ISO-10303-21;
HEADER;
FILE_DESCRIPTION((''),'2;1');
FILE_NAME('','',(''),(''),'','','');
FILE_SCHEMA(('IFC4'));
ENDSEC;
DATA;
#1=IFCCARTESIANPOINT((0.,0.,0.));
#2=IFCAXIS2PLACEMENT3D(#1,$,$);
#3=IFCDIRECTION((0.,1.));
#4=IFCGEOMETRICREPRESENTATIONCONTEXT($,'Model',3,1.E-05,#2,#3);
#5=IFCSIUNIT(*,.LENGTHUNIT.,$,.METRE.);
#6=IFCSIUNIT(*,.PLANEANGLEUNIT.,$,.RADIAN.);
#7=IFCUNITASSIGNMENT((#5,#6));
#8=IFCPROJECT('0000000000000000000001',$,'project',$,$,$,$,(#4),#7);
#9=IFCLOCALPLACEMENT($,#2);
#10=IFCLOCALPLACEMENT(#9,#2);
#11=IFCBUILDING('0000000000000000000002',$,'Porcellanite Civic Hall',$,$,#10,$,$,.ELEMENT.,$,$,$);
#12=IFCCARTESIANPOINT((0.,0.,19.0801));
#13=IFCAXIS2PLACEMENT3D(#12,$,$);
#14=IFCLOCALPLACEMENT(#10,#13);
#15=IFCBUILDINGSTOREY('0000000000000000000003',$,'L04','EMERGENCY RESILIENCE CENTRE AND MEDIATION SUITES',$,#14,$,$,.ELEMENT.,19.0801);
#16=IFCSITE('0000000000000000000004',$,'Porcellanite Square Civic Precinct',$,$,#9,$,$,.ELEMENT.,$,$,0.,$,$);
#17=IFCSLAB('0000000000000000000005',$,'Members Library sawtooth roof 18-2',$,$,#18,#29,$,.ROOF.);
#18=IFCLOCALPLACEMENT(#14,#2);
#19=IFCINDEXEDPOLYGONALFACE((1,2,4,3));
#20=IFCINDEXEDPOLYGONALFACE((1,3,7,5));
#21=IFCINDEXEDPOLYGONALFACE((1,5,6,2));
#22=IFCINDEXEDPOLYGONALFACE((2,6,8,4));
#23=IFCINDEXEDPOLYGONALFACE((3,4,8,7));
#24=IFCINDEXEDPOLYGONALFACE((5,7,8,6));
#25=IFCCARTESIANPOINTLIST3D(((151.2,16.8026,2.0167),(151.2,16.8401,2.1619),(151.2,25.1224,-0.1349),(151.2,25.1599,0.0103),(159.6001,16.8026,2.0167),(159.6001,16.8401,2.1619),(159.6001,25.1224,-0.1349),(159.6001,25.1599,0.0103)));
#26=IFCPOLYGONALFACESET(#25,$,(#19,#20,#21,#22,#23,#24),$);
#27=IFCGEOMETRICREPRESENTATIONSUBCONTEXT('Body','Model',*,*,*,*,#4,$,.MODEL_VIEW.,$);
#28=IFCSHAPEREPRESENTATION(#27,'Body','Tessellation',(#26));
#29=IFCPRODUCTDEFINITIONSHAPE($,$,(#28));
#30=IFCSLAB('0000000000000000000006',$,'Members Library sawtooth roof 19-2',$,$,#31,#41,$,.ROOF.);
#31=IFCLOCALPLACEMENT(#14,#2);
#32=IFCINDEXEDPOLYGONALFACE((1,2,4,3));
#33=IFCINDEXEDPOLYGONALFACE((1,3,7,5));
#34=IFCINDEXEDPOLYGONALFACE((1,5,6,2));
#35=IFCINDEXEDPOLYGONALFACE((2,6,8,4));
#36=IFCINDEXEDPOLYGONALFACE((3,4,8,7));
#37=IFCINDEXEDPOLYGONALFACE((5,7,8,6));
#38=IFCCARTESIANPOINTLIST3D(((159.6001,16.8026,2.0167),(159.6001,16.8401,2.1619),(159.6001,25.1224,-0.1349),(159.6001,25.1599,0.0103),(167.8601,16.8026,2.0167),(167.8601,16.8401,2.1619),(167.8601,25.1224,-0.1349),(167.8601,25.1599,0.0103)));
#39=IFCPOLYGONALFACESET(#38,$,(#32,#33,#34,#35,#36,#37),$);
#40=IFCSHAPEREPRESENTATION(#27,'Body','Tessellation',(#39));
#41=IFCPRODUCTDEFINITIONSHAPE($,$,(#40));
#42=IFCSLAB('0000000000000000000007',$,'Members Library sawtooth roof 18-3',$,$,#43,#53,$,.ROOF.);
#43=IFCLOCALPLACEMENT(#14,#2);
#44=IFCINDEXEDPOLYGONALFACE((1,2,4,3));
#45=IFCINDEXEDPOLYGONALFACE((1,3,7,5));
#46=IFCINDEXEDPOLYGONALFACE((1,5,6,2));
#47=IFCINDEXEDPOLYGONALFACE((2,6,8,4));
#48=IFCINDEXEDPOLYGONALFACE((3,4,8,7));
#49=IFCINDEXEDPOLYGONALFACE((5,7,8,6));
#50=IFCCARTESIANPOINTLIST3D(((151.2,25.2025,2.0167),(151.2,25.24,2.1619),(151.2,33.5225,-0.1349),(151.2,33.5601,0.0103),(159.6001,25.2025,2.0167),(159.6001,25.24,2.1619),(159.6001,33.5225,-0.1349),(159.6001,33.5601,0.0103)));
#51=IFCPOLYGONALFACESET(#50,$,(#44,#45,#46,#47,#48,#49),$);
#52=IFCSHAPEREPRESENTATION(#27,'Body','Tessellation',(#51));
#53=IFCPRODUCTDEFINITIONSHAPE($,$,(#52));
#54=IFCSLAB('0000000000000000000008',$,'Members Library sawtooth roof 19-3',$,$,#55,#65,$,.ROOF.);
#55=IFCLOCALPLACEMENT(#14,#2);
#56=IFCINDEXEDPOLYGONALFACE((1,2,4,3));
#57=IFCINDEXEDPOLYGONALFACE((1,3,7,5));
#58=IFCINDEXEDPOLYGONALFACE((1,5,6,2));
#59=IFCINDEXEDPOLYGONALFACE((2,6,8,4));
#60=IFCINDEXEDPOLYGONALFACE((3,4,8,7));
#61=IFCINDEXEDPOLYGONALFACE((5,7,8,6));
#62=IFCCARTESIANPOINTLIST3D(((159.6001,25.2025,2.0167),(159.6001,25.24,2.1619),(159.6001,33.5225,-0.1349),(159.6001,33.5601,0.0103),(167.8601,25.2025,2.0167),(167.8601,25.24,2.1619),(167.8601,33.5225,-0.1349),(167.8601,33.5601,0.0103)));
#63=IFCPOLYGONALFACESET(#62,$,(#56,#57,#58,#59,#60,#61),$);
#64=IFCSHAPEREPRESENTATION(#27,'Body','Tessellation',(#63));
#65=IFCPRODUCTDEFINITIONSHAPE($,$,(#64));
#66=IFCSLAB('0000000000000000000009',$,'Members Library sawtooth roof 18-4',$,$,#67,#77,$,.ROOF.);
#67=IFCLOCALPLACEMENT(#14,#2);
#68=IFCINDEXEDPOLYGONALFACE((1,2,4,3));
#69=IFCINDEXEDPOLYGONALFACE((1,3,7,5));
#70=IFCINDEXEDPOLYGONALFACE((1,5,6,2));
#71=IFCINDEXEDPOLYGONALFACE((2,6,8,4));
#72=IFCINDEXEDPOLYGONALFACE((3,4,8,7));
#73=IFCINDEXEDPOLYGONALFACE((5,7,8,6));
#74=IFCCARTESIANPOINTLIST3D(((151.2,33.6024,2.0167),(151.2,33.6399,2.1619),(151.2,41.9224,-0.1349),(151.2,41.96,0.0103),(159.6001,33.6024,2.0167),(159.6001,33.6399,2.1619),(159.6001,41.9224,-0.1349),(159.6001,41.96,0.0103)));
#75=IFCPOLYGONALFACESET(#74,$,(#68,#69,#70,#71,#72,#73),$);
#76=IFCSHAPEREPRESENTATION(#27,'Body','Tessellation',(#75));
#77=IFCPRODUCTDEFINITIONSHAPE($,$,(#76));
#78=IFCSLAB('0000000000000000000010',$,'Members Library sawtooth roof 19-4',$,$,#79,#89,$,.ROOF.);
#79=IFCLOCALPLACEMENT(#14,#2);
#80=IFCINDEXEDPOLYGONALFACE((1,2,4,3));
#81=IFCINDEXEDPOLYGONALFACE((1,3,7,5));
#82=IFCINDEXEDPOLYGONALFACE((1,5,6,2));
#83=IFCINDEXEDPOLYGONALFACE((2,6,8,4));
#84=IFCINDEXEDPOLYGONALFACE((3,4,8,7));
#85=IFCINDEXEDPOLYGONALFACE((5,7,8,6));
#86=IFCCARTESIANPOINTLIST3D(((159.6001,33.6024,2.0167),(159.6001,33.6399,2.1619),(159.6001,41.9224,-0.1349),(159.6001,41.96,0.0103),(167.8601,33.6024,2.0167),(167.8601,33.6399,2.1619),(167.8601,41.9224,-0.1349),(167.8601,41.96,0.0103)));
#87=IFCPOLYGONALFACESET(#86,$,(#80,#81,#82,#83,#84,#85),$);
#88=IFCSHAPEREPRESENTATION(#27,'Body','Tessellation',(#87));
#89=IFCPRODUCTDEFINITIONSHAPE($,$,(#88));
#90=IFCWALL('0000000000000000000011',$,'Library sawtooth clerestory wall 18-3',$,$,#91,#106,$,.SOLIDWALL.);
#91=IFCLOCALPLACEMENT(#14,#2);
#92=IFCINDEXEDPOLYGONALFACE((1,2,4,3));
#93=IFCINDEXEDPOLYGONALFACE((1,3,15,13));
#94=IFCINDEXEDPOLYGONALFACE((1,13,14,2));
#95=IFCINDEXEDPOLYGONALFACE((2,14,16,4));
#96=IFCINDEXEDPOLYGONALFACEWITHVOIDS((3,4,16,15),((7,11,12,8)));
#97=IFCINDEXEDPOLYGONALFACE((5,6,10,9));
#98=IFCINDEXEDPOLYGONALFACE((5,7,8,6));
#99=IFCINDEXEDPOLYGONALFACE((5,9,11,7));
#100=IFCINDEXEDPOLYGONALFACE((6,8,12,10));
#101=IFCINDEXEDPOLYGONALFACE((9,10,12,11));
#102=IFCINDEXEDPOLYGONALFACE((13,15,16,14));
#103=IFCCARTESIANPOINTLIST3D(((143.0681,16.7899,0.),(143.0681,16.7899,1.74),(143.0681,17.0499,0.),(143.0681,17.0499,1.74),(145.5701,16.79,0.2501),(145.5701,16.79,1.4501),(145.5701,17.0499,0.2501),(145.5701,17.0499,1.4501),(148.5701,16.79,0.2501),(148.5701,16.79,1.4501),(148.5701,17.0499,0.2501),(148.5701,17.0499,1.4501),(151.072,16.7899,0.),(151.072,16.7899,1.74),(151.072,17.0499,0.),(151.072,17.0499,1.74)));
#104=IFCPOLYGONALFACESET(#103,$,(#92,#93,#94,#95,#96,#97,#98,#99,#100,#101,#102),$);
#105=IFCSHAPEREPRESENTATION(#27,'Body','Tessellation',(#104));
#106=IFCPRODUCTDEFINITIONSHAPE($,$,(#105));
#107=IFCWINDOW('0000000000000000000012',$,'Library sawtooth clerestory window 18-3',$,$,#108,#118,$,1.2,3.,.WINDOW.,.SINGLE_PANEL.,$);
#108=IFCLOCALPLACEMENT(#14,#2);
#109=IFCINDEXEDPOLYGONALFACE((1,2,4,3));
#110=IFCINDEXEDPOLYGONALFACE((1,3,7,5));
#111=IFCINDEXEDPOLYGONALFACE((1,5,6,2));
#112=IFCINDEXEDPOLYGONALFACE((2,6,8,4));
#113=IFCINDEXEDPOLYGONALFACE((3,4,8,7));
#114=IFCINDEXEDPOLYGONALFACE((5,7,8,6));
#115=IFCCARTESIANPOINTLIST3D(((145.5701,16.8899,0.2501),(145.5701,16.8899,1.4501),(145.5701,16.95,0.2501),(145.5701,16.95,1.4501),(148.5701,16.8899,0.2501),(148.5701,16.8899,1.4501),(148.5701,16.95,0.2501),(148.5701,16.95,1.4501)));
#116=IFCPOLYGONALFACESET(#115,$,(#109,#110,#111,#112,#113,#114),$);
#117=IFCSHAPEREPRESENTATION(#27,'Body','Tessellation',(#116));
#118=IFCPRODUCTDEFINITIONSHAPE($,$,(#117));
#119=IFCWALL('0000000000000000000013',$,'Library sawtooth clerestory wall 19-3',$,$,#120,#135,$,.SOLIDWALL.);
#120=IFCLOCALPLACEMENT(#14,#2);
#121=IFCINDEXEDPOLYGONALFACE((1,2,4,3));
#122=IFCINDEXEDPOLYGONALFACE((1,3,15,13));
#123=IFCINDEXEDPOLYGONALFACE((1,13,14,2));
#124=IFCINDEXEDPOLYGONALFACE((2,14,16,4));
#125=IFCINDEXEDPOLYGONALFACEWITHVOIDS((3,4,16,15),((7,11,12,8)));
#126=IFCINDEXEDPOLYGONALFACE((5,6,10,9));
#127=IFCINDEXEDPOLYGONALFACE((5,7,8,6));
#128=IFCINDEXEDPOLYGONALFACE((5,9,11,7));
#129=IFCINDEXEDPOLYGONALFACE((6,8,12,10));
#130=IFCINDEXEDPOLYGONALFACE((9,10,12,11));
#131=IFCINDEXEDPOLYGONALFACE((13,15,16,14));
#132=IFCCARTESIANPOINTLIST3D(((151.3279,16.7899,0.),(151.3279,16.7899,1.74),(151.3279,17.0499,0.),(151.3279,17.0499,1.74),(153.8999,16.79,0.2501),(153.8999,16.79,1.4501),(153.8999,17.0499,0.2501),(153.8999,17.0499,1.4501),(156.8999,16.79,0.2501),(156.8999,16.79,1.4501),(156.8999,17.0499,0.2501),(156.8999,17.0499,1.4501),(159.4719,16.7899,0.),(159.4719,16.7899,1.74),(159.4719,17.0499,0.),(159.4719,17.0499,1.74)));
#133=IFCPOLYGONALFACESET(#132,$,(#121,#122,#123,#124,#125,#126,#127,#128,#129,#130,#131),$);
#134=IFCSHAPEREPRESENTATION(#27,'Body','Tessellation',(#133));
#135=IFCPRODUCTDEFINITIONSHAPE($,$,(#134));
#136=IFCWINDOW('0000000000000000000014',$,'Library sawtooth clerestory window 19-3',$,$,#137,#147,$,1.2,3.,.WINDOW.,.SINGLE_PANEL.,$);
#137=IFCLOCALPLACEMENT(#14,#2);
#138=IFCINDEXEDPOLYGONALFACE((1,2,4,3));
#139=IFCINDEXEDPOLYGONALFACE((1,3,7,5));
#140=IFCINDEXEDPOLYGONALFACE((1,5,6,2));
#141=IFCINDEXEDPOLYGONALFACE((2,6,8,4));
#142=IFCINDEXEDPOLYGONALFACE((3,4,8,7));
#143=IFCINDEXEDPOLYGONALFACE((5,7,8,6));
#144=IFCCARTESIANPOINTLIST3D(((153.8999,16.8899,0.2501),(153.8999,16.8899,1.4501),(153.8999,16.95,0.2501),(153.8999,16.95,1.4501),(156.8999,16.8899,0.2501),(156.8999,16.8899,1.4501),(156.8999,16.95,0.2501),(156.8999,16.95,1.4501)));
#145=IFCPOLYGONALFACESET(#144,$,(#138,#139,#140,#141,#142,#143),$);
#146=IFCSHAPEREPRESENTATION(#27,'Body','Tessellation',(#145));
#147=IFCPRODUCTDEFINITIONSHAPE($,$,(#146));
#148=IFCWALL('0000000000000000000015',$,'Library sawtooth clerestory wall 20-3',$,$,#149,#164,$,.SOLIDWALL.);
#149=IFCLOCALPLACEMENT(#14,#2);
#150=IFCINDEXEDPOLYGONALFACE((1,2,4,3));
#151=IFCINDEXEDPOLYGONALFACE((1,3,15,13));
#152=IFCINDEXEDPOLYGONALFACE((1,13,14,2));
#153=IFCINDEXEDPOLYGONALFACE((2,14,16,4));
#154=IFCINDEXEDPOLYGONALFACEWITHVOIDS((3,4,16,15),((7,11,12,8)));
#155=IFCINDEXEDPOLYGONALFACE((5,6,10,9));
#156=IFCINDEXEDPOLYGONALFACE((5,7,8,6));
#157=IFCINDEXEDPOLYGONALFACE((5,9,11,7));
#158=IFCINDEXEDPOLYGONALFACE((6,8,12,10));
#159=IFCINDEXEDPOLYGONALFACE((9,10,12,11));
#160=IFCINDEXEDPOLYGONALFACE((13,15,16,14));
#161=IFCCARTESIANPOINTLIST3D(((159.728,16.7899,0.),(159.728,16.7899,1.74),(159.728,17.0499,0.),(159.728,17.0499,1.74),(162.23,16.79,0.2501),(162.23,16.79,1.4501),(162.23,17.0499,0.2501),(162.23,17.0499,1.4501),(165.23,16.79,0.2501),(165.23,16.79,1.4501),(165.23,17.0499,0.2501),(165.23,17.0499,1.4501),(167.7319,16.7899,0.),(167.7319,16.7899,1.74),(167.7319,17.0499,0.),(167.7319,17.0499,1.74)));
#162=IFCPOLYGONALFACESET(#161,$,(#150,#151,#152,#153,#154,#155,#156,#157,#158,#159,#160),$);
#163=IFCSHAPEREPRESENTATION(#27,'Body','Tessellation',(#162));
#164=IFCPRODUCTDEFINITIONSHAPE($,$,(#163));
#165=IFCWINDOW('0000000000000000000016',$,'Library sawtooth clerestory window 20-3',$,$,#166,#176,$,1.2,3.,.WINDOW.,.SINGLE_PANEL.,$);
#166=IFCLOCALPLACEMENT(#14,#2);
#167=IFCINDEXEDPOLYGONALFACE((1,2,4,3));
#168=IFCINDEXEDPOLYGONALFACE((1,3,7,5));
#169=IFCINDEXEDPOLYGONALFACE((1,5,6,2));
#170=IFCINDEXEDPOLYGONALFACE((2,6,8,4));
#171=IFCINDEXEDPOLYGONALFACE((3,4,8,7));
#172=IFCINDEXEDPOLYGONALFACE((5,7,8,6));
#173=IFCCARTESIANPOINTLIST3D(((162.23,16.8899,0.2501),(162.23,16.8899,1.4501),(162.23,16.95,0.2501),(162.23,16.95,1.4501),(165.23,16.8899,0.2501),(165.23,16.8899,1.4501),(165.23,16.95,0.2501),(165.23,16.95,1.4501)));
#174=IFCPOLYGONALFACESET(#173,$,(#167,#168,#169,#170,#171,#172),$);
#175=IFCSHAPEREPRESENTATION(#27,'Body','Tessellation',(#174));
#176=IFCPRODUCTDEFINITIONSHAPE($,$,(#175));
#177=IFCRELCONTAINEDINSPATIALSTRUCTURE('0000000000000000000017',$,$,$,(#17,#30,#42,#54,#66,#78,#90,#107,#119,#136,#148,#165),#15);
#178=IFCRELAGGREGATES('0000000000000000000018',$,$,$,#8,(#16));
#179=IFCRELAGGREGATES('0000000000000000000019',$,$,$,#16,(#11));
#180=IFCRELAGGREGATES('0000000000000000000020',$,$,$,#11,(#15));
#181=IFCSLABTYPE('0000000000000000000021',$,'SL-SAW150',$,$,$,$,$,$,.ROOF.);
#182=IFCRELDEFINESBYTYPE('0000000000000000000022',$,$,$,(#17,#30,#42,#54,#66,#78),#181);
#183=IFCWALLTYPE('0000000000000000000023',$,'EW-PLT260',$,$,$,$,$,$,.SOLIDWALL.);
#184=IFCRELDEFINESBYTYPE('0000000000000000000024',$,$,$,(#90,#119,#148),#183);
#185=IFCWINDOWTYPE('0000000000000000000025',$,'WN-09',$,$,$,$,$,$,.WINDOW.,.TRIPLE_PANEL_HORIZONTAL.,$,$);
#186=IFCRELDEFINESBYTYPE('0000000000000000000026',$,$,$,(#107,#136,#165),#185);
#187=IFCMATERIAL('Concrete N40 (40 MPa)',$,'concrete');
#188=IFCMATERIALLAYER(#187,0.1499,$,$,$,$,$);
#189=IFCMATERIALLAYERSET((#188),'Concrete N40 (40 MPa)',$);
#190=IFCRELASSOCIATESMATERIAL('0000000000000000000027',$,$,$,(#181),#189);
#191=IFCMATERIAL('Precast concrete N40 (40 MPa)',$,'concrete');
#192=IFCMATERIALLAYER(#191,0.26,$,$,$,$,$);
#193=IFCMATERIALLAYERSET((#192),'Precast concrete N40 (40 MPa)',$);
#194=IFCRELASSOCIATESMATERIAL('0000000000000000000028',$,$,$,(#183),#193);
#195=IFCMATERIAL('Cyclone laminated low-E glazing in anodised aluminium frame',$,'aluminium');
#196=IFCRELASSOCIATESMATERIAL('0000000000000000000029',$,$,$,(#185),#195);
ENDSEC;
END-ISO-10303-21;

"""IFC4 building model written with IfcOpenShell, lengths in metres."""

from ifc_helpers import new_model, si_unit, direction, frame, frame_2d, origin, place, context, subcontext, project, spatial, polyline, rectangle, outline, extrude, material, layer, layer_set, type_object, element, fill, save


model = new_model("IFC4")

# Units and contexts
model_context = context("Model", 3, precision=1e-05, world=origin(), true_north=direction((0.0, 1.0)))
body_context = subcontext(model_context, "Body", "Model", "MODEL_VIEW")
ifc_project = project(units=[si_unit("LENGTHUNIT", "METRE"), si_unit("PLANEANGLEUNIT", "RADIAN")], contexts=[model_context])

# Site, building, storey
site_placement = place(None, origin())
site = spatial("IfcSite", under=ifc_project, at=site_placement, Name="Porcellanite Square Civic Precinct", CompositionType="ELEMENT", RefElevation=0.0)
building_placement = place(site_placement, origin())
building = spatial("IfcBuilding", under=site, at=building_placement, Name="Porcellanite Civic Hall", CompositionType="ELEMENT")
storey_placement = place(building_placement, frame((0.0, 0.0, 19.0801)))
storey = spatial("IfcBuildingStorey", under=building, at=storey_placement, Name="L04", Description="EMERGENCY RESILIENCE CENTRE AND MEDIATION SUITES", CompositionType="ELEMENT", Elevation=19.0801)

# Slabs
ifc_material_1 = material(Name="Concrete N40 (40 MPa)", Category="concrete")
ifc_layer_1 = layer(ifc_material_1, 0.1499)
ifc_layer_set_1 = layer_set([ifc_layer_1], Name="Concrete N40 (40 MPa)")
slab_type = type_object("IfcSlabType", Name="SL-SAW150", PredefinedType="ROOF", material=ifc_layer_set_1)
slab_1_placement = place(storey_placement, frame((151.2, 16.8401, 2.1619), z_axis=(0.0, 0.250375, 0.968149), x_axis=(1.0, 0.0, 0.0)))
element("IfcSlab", 1, at=slab_1_placement, inside=storey, type_object=slab_type, Name="Members Library sawtooth roof 18-2", PredefinedType="ROOF", context=body_context, shape_type="SweptSolid", body=[
    extrude(outline(polyline([(0.0, 0.0), (8.4001, 0.0), (8.4001, 8.5935), (0.0, 8.5935), (0.0, 0.0)])), origin(), (0.0, 0.0, -1.0), 0.1499),
])
slab_2_placement = place(storey_placement, frame((159.6001, 16.8401, 2.1619), z_axis=(0.0, 0.250375, 0.968149), x_axis=(1.0, 0.0, 0.0)))
element("IfcSlab", 2, at=slab_2_placement, inside=storey, type_object=slab_type, Name="Members Library sawtooth roof 19-2", PredefinedType="ROOF", context=body_context, shape_type="SweptSolid", body=[
    extrude(outline(polyline([(0.0, 0.0), (8.26, 0.0), (8.26, 8.5935), (0.0, 8.5935), (0.0, 0.0)])), origin(), (0.0, 0.0, -1.0), 0.1499),
])
slab_3_placement = place(storey_placement, frame((151.2, 25.24, 2.1619), z_axis=(0.0, 0.250369, 0.968151), x_axis=(1.0, 0.0, 0.0)))
element("IfcSlab", 3, at=slab_3_placement, inside=storey, type_object=slab_type, Name="Members Library sawtooth roof 18-3", PredefinedType="ROOF", context=body_context, shape_type="SweptSolid", body=[
    extrude(outline(polyline([(0.0, 0.0), (8.4001, 0.0), (8.4001, 8.5938), (0.0, 8.5938), (0.0, 0.0)])), origin(), (0.0, 0.0, -1.0), 0.1499),
])
slab_4_placement = place(storey_placement, frame((159.6001, 25.24, 2.1619), z_axis=(0.0, 0.250369, 0.968151), x_axis=(1.0, 0.0, 0.0)))
element("IfcSlab", 4, at=slab_4_placement, inside=storey, type_object=slab_type, Name="Members Library sawtooth roof 19-3", PredefinedType="ROOF", context=body_context, shape_type="SweptSolid", body=[
    extrude(outline(polyline([(0.0, 0.0), (8.26, 0.0), (8.26, 8.5938), (0.0, 8.5938), (0.0, 0.0)])), origin(), (0.0, 0.0, -1.0), 0.1499),
])
slab_5_placement = place(storey_placement, frame((151.2, 33.6399, 2.1619), z_axis=(0.0, 0.250369, 0.968151), x_axis=(1.0, 0.0, 0.0)))
element("IfcSlab", 5, at=slab_5_placement, inside=storey, type_object=slab_type, Name="Members Library sawtooth roof 18-4", PredefinedType="ROOF", context=body_context, shape_type="SweptSolid", body=[
    extrude(outline(polyline([(0.0, 0.0), (8.4001, 0.0), (8.4001, 8.5938), (0.0, 8.5938), (0.0, 0.0)])), origin(), (0.0, 0.0, -1.0), 0.1499),
])
slab_6_placement = place(storey_placement, frame((159.6001, 33.6399, 2.1619), z_axis=(0.0, 0.250369, 0.968151), x_axis=(1.0, 0.0, 0.0)))
element("IfcSlab", 6, at=slab_6_placement, inside=storey, type_object=slab_type, Name="Members Library sawtooth roof 19-4", PredefinedType="ROOF", context=body_context, shape_type="SweptSolid", body=[
    extrude(outline(polyline([(0.0, 0.0), (8.26, 0.0), (8.26, 8.5938), (0.0, 8.5938), (0.0, 0.0)])), origin(), (0.0, 0.0, -1.0), 0.1499),
])

# Walls, openings, windows
ifc_material_2 = material(Name="Precast concrete N40 (40 MPa)", Category="concrete")
ifc_layer_2 = layer(ifc_material_2, 0.26)
ifc_layer_set_2 = layer_set([ifc_layer_2], Name="Precast concrete N40 (40 MPa)")
wall_type = type_object("IfcWallType", Name="EW-PLT260", PredefinedType="SOLIDWALL", material=ifc_layer_set_2)
wall_1_placement = place(storey_placement, frame((151.072, 16.9199, 0.0), z_axis=(0.0, 0.0, 1.0), x_axis=(-1.0, 0.0, 0.0)))
wall_1 = element("IfcWall", 7, at=wall_1_placement, inside=storey, type_object=wall_type, Name="Library sawtooth clerestory wall 18-3", PredefinedType="SOLIDWALL", context=body_context, shape_type="SweptSolid", body=[
    extrude(rectangle(XDim=8.0039, YDim=0.26, at=frame_2d((4.002, 0.0))), origin(), (0.0, 0.0, 1.0), 1.74),
])
opening_1_placement = place(wall_1_placement, frame((2.502, 0.0, 0.25)))
opening_1 = element("IfcOpeningElement", 8, at=opening_1_placement, cuts=wall_1, PredefinedType="OPENING", context=body_context, shape_type="SweptSolid", body=[
    extrude(rectangle(XDim=3.0, YDim=1.2, at=frame_2d((1.5, 0.6001))), frame((0.0, 0.1299, 0.0), z_axis=(0.0, -1.0, 0.0), x_axis=(1.0, 0.0, 0.0)), (0.0, 0.0, 1.0), 0.26),
])
ifc_material_3 = material(Name="Cyclone laminated low-E glazing in anodised aluminium frame", Category="aluminium")
window_type = type_object("IfcWindowType", Name="WN-09", PartitioningType="TRIPLE_PANEL_HORIZONTAL", PredefinedType="WINDOW", material=ifc_material_3)
window_1_placement = place(opening_1_placement, origin())
window_1 = element("IfcWindow", 9, at=window_1_placement, inside=storey, type_object=window_type, Name="Library sawtooth clerestory window 18-3", OverallHeight=1.2, OverallWidth=3.0, PartitioningType="SINGLE_PANEL", PredefinedType="WINDOW", context=body_context, shape_type="SweptSolid", body=[
    extrude(rectangle(XDim=3.0, YDim=1.2, at=frame_2d((1.5, 0.6001))), frame((0.0, 0.03, 0.0), z_axis=(0.0, -1.0, 0.0), x_axis=(1.0, 0.0, 0.0)), (0.0, 0.0, 1.0), 0.0601),
])
fill(opening_1, window_1)
wall_2_placement = place(storey_placement, frame((159.4719, 16.9199, 0.0), z_axis=(0.0, 0.0, 1.0), x_axis=(-1.0, 0.0, 0.0)))
wall_2 = element("IfcWall", 10, at=wall_2_placement, inside=storey, type_object=wall_type, Name="Library sawtooth clerestory wall 19-3", PredefinedType="SOLIDWALL", context=body_context, shape_type="SweptSolid", body=[
    extrude(rectangle(XDim=8.144, YDim=0.26, at=frame_2d((4.072, 0.0))), origin(), (0.0, 0.0, 1.0), 1.74),
])
opening_2_placement = place(wall_2_placement, frame((2.572, 0.0, 0.25)))
opening_2 = element("IfcOpeningElement", 11, at=opening_2_placement, cuts=wall_2, PredefinedType="OPENING", context=body_context, shape_type="SweptSolid", body=[
    extrude(rectangle(XDim=3.0, YDim=1.2, at=frame_2d((1.5, 0.6001))), frame((0.0, 0.1299, 0.0), z_axis=(0.0, -1.0, 0.0), x_axis=(1.0, 0.0, 0.0)), (0.0, 0.0, 1.0), 0.26),
])
window_2_placement = place(opening_2_placement, origin())
window_2 = element("IfcWindow", 12, at=window_2_placement, inside=storey, type_object=window_type, Name="Library sawtooth clerestory window 19-3", OverallHeight=1.2, OverallWidth=3.0, PartitioningType="SINGLE_PANEL", PredefinedType="WINDOW", context=body_context, shape_type="SweptSolid", body=[
    extrude(rectangle(XDim=3.0, YDim=1.2, at=frame_2d((1.5, 0.6001))), frame((0.0, 0.03, 0.0), z_axis=(0.0, -1.0, 0.0), x_axis=(1.0, 0.0, 0.0)), (0.0, 0.0, 1.0), 0.0601),
])
fill(opening_2, window_2)
wall_3_placement = place(storey_placement, frame((167.7319, 16.9199, 0.0), z_axis=(0.0, 0.0, 1.0), x_axis=(-1.0, 0.0, 0.0)))
wall_3 = element("IfcWall", 13, at=wall_3_placement, inside=storey, type_object=wall_type, Name="Library sawtooth clerestory wall 20-3", PredefinedType="SOLIDWALL", context=body_context, shape_type="SweptSolid", body=[
    extrude(rectangle(XDim=8.0039, YDim=0.26, at=frame_2d((4.002, 0.0))), origin(), (0.0, 0.0, 1.0), 1.74),
])
opening_3_placement = place(wall_3_placement, frame((2.502, 0.0, 0.25)))
opening_3 = element("IfcOpeningElement", 14, at=opening_3_placement, cuts=wall_3, PredefinedType="OPENING", context=body_context, shape_type="SweptSolid", body=[
    extrude(rectangle(XDim=3.0, YDim=1.2, at=frame_2d((1.5, 0.6001))), frame((0.0, 0.1299, 0.0), z_axis=(0.0, -1.0, 0.0), x_axis=(1.0, 0.0, 0.0)), (0.0, 0.0, 1.0), 0.26),
])
window_3_placement = place(opening_3_placement, origin())
window_3 = element("IfcWindow", 15, at=window_3_placement, inside=storey, type_object=window_type, Name="Library sawtooth clerestory window 20-3", OverallHeight=1.2, OverallWidth=3.0, PartitioningType="SINGLE_PANEL", PredefinedType="WINDOW", context=body_context, shape_type="SweptSolid", body=[
    extrude(rectangle(XDim=3.0, YDim=1.2, at=frame_2d((1.5, 0.6001))), frame((0.0, 0.03, 0.0), z_axis=(0.0, -1.0, 0.0), x_axis=(1.0, 0.0, 0.0)), (0.0, 0.0, 1.0), 0.0601),
])
fill(opening_3, window_3)

save(model, "model.ifc")
